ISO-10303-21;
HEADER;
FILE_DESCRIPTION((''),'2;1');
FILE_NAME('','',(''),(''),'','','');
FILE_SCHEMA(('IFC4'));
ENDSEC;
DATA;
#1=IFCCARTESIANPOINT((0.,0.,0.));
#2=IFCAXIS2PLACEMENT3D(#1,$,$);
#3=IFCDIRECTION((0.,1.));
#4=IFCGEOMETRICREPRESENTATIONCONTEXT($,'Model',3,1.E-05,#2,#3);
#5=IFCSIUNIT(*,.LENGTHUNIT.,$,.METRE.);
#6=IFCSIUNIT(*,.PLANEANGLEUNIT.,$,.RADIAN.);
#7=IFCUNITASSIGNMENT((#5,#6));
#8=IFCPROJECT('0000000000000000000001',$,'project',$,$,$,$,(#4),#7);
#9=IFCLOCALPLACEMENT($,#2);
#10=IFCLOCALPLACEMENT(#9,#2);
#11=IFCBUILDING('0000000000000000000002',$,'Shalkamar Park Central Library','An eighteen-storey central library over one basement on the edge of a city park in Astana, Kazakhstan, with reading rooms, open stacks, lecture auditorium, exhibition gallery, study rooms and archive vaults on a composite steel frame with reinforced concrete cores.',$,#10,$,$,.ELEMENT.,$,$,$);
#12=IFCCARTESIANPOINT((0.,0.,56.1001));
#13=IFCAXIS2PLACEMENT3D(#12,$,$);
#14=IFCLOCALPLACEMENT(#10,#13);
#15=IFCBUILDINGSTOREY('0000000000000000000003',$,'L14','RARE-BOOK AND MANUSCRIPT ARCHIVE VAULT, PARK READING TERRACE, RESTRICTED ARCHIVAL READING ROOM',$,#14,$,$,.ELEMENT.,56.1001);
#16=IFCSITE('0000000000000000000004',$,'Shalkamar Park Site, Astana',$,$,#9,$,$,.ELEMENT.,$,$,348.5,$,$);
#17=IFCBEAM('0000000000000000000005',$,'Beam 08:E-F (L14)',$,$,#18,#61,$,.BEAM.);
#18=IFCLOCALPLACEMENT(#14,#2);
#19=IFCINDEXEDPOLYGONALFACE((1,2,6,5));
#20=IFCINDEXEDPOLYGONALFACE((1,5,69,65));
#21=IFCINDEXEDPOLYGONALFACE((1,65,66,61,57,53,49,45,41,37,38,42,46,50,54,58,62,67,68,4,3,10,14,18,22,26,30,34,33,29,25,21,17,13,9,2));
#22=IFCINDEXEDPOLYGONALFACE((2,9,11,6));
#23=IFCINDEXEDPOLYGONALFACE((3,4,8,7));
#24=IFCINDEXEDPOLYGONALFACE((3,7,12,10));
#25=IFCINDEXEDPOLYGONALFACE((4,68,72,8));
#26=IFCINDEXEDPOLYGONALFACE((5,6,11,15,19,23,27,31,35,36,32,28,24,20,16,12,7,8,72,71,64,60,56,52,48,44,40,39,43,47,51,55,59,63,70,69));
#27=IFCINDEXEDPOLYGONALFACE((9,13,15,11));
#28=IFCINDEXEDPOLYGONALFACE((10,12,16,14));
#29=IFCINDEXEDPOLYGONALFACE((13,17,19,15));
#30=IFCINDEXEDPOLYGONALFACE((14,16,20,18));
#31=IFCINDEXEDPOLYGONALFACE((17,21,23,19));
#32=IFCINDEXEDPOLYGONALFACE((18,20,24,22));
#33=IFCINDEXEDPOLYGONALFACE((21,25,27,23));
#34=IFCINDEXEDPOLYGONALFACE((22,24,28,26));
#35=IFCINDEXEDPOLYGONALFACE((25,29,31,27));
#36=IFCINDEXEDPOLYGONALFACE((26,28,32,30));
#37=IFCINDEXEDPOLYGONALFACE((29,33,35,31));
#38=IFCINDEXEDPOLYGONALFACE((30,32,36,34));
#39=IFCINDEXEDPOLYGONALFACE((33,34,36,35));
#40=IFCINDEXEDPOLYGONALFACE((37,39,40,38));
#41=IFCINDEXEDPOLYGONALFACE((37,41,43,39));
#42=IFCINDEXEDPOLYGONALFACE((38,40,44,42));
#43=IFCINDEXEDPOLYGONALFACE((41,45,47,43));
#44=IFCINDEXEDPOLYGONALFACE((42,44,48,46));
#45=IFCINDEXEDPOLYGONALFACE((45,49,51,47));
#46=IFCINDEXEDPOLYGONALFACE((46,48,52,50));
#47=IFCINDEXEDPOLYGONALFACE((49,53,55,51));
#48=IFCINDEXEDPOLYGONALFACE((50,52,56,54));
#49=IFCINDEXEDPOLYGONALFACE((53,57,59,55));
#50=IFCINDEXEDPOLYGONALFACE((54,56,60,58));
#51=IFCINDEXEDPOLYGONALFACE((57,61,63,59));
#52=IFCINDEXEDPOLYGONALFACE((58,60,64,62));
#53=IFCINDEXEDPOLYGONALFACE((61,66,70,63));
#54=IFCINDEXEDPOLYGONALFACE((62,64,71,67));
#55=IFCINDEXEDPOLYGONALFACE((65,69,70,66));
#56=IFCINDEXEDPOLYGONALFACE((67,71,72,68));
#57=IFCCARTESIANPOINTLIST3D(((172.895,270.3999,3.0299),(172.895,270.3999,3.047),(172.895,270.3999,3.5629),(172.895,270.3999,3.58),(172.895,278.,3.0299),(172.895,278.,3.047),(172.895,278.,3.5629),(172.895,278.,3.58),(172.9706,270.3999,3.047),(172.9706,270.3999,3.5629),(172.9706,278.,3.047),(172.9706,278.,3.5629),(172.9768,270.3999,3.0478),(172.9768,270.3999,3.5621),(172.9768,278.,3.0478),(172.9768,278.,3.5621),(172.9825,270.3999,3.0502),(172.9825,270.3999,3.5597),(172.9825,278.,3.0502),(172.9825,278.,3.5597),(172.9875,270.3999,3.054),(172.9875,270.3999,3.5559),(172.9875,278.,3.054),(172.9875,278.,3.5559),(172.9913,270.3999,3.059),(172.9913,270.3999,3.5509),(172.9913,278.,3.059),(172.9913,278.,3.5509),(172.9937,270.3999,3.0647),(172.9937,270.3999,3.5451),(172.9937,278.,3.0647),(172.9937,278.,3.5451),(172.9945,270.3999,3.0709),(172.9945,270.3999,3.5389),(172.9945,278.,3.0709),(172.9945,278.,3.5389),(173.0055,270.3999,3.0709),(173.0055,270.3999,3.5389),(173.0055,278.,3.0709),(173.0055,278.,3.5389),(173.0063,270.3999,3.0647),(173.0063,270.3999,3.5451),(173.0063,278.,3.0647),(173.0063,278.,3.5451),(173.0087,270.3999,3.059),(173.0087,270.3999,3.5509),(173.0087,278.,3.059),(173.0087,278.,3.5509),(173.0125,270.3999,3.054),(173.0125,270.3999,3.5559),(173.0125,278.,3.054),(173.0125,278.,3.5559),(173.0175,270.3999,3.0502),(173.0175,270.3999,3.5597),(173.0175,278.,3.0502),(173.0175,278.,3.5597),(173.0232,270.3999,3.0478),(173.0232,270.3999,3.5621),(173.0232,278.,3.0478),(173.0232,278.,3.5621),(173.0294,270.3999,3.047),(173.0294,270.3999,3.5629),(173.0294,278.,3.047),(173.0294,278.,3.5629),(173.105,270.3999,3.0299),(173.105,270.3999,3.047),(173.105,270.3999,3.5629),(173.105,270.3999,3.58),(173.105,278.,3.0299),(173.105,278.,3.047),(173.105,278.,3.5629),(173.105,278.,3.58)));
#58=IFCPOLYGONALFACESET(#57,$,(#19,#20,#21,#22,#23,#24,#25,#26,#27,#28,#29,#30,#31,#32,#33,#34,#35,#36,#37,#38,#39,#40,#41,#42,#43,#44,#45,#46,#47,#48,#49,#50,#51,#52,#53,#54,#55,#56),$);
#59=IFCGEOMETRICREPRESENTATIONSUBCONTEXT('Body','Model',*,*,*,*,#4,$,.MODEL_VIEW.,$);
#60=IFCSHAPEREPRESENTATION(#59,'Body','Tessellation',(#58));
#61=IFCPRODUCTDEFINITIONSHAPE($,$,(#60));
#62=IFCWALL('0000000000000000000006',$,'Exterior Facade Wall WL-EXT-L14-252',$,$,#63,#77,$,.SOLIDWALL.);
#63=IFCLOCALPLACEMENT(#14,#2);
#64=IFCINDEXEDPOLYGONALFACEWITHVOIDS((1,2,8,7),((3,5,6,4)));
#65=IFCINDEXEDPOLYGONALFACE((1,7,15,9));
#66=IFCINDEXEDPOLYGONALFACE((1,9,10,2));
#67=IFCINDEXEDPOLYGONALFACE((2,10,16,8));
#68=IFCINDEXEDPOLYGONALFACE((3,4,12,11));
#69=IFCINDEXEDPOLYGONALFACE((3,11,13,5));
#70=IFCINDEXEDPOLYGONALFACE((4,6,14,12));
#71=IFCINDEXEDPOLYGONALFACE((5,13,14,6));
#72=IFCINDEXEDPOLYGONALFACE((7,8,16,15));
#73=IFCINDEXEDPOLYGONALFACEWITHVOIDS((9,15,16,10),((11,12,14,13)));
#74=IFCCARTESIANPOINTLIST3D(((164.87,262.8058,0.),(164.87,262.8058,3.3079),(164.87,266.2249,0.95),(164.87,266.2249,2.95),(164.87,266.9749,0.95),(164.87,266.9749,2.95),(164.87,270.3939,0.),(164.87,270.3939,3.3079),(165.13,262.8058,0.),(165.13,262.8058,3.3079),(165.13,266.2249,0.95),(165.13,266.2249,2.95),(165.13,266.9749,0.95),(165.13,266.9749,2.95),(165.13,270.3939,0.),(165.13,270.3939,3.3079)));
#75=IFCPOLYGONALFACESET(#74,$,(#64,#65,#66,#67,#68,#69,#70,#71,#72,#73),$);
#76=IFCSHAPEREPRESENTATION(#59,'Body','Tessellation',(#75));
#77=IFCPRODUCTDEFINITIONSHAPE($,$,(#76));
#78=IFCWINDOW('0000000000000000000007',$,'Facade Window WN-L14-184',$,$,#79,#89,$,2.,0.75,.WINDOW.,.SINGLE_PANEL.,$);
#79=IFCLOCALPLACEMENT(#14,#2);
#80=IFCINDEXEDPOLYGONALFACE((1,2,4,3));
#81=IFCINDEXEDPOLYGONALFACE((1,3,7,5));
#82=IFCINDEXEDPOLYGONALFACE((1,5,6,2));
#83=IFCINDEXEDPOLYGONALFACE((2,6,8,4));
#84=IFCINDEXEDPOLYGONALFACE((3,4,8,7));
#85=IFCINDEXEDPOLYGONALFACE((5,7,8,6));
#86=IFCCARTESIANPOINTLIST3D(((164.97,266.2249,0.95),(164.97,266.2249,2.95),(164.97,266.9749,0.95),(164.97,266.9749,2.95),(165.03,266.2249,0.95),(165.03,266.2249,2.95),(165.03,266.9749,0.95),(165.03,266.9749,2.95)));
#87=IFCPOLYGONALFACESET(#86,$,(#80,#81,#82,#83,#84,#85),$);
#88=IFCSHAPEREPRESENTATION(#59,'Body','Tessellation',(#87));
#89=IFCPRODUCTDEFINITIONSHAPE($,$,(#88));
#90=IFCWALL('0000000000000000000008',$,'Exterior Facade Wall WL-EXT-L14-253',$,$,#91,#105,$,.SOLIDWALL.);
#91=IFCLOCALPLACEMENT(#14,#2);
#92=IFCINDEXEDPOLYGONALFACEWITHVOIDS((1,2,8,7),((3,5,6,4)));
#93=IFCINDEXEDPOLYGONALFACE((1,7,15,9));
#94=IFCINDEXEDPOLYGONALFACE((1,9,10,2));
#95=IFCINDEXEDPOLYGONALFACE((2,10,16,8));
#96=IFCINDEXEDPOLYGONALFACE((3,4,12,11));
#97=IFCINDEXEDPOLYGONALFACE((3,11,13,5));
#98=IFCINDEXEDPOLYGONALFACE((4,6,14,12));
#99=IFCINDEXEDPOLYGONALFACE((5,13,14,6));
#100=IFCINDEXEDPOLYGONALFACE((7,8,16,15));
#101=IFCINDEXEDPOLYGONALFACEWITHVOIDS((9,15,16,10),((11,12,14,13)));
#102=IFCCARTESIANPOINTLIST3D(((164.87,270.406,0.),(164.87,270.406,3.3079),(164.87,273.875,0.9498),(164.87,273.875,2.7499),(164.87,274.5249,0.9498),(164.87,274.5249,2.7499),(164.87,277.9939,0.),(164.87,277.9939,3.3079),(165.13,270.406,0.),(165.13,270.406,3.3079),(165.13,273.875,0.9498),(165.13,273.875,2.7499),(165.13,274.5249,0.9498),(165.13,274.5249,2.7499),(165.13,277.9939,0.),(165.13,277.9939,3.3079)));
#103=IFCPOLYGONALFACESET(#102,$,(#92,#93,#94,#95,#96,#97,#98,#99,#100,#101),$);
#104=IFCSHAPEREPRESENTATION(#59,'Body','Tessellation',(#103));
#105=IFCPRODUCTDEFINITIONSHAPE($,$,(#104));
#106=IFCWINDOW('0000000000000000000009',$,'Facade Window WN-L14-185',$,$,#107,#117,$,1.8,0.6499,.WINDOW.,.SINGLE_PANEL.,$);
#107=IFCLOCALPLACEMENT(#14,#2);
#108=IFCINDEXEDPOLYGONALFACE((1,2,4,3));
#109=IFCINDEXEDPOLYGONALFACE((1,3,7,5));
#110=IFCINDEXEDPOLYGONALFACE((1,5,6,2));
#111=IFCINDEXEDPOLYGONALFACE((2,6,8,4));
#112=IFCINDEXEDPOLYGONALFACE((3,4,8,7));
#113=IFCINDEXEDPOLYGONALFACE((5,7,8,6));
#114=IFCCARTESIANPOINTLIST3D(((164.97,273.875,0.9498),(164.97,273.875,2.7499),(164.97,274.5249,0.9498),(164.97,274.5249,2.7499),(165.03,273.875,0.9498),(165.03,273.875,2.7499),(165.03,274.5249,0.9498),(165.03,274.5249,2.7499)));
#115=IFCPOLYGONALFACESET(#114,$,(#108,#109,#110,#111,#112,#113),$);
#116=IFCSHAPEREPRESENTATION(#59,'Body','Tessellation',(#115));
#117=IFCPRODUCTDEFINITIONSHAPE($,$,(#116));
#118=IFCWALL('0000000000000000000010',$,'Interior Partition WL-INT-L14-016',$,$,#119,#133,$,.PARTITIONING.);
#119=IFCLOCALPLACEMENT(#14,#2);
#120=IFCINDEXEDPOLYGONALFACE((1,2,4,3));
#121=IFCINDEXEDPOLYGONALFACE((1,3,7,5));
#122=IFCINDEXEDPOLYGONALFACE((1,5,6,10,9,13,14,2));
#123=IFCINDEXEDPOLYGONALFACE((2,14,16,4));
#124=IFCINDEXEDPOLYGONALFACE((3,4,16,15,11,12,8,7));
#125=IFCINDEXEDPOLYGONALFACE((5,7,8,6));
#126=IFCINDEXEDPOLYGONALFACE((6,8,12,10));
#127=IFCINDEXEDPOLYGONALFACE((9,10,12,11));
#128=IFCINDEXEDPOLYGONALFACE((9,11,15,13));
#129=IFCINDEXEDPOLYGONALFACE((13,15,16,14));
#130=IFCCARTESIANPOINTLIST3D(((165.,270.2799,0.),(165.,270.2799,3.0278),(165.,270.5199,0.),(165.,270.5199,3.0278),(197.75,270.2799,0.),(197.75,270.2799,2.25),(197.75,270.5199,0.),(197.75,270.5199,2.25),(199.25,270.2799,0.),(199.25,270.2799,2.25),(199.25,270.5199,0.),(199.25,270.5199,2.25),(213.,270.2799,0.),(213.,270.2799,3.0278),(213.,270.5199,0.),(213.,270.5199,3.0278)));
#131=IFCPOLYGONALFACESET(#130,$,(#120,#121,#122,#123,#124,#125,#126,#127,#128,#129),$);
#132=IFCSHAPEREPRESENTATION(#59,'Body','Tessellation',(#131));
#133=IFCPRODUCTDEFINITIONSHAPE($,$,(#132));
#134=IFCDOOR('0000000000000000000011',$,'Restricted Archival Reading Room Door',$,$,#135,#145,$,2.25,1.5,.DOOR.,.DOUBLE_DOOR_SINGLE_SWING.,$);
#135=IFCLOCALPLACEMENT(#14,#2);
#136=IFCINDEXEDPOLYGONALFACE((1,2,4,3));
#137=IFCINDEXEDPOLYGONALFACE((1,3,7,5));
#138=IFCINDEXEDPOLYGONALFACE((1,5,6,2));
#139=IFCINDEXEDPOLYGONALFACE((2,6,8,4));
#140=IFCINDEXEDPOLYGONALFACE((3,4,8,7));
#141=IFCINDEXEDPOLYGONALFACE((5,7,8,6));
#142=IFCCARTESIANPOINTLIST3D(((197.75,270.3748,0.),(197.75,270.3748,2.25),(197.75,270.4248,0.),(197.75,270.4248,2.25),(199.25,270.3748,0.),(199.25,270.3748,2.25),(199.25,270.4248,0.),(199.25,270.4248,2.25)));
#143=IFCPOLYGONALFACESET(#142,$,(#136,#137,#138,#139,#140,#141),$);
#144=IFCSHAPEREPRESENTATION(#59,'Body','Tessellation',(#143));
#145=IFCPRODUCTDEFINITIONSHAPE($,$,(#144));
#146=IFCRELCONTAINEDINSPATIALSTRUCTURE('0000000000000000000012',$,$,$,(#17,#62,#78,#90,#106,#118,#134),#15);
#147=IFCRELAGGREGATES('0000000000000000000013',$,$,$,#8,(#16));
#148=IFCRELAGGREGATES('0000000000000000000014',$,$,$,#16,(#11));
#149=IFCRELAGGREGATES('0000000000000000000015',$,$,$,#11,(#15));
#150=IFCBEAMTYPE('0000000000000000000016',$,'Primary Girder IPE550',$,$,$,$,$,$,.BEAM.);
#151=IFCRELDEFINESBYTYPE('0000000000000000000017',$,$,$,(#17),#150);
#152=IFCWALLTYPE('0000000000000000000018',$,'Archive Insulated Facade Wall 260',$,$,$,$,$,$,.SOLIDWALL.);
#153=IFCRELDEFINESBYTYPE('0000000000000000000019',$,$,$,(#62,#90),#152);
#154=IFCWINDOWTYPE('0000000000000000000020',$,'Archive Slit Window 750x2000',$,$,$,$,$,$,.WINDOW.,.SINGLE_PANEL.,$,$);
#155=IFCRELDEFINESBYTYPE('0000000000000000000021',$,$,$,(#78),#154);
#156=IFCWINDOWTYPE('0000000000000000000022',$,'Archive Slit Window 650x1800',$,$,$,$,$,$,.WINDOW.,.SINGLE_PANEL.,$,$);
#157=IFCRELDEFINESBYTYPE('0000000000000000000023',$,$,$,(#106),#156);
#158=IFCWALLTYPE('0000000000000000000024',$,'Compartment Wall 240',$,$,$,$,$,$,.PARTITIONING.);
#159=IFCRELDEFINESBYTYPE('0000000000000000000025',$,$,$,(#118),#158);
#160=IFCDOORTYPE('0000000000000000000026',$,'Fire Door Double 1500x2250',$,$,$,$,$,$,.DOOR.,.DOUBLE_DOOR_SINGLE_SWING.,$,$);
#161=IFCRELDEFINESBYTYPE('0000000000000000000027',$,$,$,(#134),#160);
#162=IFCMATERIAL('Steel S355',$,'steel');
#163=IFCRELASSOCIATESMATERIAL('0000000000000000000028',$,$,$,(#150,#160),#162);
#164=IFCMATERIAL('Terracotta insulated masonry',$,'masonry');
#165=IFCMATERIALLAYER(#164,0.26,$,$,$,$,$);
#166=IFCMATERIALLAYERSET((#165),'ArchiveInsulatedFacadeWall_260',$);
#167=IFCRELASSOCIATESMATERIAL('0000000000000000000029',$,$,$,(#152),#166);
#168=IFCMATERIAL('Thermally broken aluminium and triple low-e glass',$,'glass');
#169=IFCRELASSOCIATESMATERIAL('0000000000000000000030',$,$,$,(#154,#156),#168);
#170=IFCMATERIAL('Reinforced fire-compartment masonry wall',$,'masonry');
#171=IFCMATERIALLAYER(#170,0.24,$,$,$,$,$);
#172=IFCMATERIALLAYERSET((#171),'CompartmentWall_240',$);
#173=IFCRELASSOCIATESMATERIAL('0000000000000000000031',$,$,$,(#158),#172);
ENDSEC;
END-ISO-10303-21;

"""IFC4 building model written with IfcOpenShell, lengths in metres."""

from ifc_helpers import new_model, si_unit, direction, frame, frame_2d, origin, origin_2d, place, context, subcontext, project, spatial, rectangle, i_section, extrude, material, layer, layer_set, material_profile, profile_set, type_object, element, fill, save


model = new_model("IFC4")

# Units and contexts
model_context = context("Model", 3, precision=1e-05, world=origin(), true_north=direction((0.0, 1.0)))
body_context = subcontext(model_context, "Body", "Model", "MODEL_VIEW")
ifc_project = project(units=[si_unit("LENGTHUNIT", "METRE"), si_unit("PLANEANGLEUNIT", "RADIAN")], contexts=[model_context])

# Site, building, storey
site_placement = place(None, origin())
site = spatial("IfcSite", under=ifc_project, at=site_placement, Name="Shalkamar Park Site, Astana", CompositionType="ELEMENT", RefElevation=348.5)
building_placement = place(site_placement, origin())
building = spatial("IfcBuilding", under=site, at=building_placement, Name="Shalkamar Park Central Library", Description="An eighteen-storey central library over one basement on the edge of a city park in Astana, Kazakhstan, with reading rooms, open stacks, lecture auditorium, exhibition gallery, study rooms and archive vaults on a composite steel frame with reinforced concrete cores.", CompositionType="ELEMENT")
storey_placement = place(building_placement, frame((0.0, 0.0, 56.1001)))
storey = spatial("IfcBuildingStorey", under=building, at=storey_placement, Name="L14", Description="RARE-BOOK AND MANUSCRIPT ARCHIVE VAULT, PARK READING TERRACE, RESTRICTED ARCHIVAL READING ROOM", CompositionType="ELEMENT", Elevation=56.1001)

# Shared definitions
ifc_material_1 = material(Name="Steel S355", Category="steel")

# Beam
ifc_material_profile_1 = material_profile(ifc_material_1, i_section(OverallWidth=0.21, OverallDepth=0.55, WebThickness=0.011, FlangeThickness=0.0171, FilletRadius=0.0239, at=origin_2d()), Name="IPE 550")
ifc_profile_set_1 = profile_set([ifc_material_profile_1], Name="Steel S355")
beam_type_1 = type_object("IfcBeamType", Name="Primary Girder IPE550", PredefinedType="BEAM", material=ifc_profile_set_1)
beam_1_placement = place(storey_placement, frame((173.0, 270.3999, 3.3049), z_axis=(0.0, 1.0, 0.0), x_axis=(-1.0, 0.0, 0.0)))
element("IfcBeam", 1, at=beam_1_placement, inside=storey, type_object=beam_type_1, Name="Beam 08:E-F (L14)", PredefinedType="BEAM", context=body_context, shape_type="SweptSolid", body=[
    extrude(i_section(OverallWidth=0.21, OverallDepth=0.55, WebThickness=0.011, FlangeThickness=0.0171, FilletRadius=0.0239, at=origin_2d()), origin(), (0.0, 0.0, 1.0), 7.6001),
])

# Walls, openings, windows
ifc_material_2 = material(Name="Terracotta insulated masonry", Category="masonry")
ifc_layer_1 = layer(ifc_material_2, 0.26)
ifc_layer_set_1 = layer_set([ifc_layer_1], Name="ArchiveInsulatedFacadeWall_260")
wall_type_1 = type_object("IfcWallType", Name="Archive Insulated Facade Wall 260", PredefinedType="SOLIDWALL", material=ifc_layer_set_1)
wall_1_placement = place(storey_placement, frame((165.0, 262.8059, 0.0), z_axis=(0.0, 0.0, 1.0), x_axis=(0.0, 1.0, 0.0)))
wall_1 = element("IfcWall", 2, at=wall_1_placement, inside=storey, type_object=wall_type_1, Name="Exterior Facade Wall WL-EXT-L14-252", PredefinedType="SOLIDWALL", context=body_context, shape_type="SweptSolid", body=[
    extrude(rectangle(XDim=7.5881, YDim=0.26, at=frame_2d((3.7939, 0.0))), origin(), (0.0, 0.0, 1.0), 3.3079),
])
opening_1_placement = place(wall_1_placement, frame((3.4189, 0.0, 0.95)))
opening_1 = element("IfcOpeningElement", 3, at=opening_1_placement, cuts=wall_1, PredefinedType="OPENING", context=body_context, shape_type="SweptSolid", body=[
    extrude(rectangle(XDim=0.75, YDim=2.0, at=frame_2d((0.375, 1.0))), frame((0.0, 0.145, 0.0), z_axis=(0.0, -1.0, 0.0), x_axis=(1.0, 0.0, 0.0)), (0.0, 0.0, 1.0), 0.2898),
])
ifc_material_3 = material(Name="Thermally broken aluminium and triple low-e glass", Category="glass")
window_type_1 = type_object("IfcWindowType", Name="Archive Slit Window 750x2000", PartitioningType="SINGLE_PANEL", PredefinedType="WINDOW", material=ifc_material_3)
window_1_placement = place(opening_1_placement, origin())
window_1 = element("IfcWindow", 4, at=window_1_placement, inside=storey, type_object=window_type_1, Name="Facade Window WN-L14-184", OverallHeight=2.0, OverallWidth=0.75, PartitioningType="SINGLE_PANEL", PredefinedType="WINDOW", context=body_context, shape_type="SweptSolid", body=[
    extrude(rectangle(XDim=0.75, YDim=2.0, at=frame_2d((0.375, 1.0))), frame((0.0, 0.03, 0.0), z_axis=(0.0, -1.0, 0.0), x_axis=(1.0, 0.0, 0.0)), (0.0, 0.0, 1.0), 0.0601),
])
fill(opening_1, window_1)
wall_2_placement = place(storey_placement, frame((165.0, 270.406, 0.0), z_axis=(0.0, 0.0, 1.0), x_axis=(0.0, 1.0, 0.0)))
wall_2 = element("IfcWall", 5, at=wall_2_placement, inside=storey, type_object=wall_type_1, Name="Exterior Facade Wall WL-EXT-L14-253", PredefinedType="SOLIDWALL", context=body_context, shape_type="SweptSolid", body=[
    extrude(rectangle(XDim=7.5879, YDim=0.26, at=frame_2d((3.7939, 0.0))), origin(), (0.0, 0.0, 1.0), 3.3079),
])
opening_2_placement = place(wall_2_placement, frame((3.469, 0.0, 0.95)))
opening_2 = element("IfcOpeningElement", 6, at=opening_2_placement, cuts=wall_2, PredefinedType="OPENING", context=body_context, shape_type="SweptSolid", body=[
    extrude(rectangle(XDim=0.6499, YDim=1.8, at=frame_2d((0.325, 0.8999))), frame((0.0, 0.145, 0.0), z_axis=(0.0, -1.0, 0.0), x_axis=(1.0, 0.0, 0.0)), (0.0, 0.0, 1.0), 0.2898),
])
window_type_2 = type_object("IfcWindowType", Name="Archive Slit Window 650x1800", PartitioningType="SINGLE_PANEL", PredefinedType="WINDOW", material=ifc_material_3)
window_2_placement = place(opening_2_placement, origin())
window_2 = element("IfcWindow", 7, at=window_2_placement, inside=storey, type_object=window_type_2, Name="Facade Window WN-L14-185", OverallHeight=1.8, OverallWidth=0.6499, PartitioningType="SINGLE_PANEL", PredefinedType="WINDOW", context=body_context, shape_type="SweptSolid", body=[
    extrude(rectangle(XDim=0.6499, YDim=1.8, at=frame_2d((0.325, 0.8999))), frame((0.0, 0.03, 0.0), z_axis=(0.0, -1.0, 0.0), x_axis=(1.0, 0.0, 0.0)), (0.0, 0.0, 1.0), 0.0601),
])
fill(opening_2, window_2)

# Wall, opening, door
ifc_material_4 = material(Name="Reinforced fire-compartment masonry wall", Category="masonry")
ifc_layer_2 = layer(ifc_material_4, 0.24)
ifc_layer_set_2 = layer_set([ifc_layer_2], Name="CompartmentWall_240")
wall_type_2 = type_object("IfcWallType", Name="Compartment Wall 240", PredefinedType="PARTITIONING", material=ifc_layer_set_2)
wall_3_placement = place(storey_placement, frame((165.0, 270.3999, 0.0), z_axis=(0.0, 0.0, 1.0), x_axis=(1.0, 0.0, 0.0)))
wall_3 = element("IfcWall", 8, at=wall_3_placement, inside=storey, type_object=wall_type_2, Name="Interior Partition WL-INT-L14-016", PredefinedType="PARTITIONING", context=body_context, shape_type="SweptSolid", body=[
    extrude(rectangle(XDim=48.0, YDim=0.24, at=frame_2d((24.0, 0.0))), origin(), (0.0, 0.0, 1.0), 3.0278),
])
opening_3_placement = place(wall_3_placement, frame((32.75, 0.0, 0.0)))
opening_3 = element("IfcOpeningElement", 9, at=opening_3_placement, cuts=wall_3, PredefinedType="OPENING", context=body_context, shape_type="SweptSolid", body=[
    extrude(rectangle(XDim=1.5, YDim=2.25, at=frame_2d((0.75, 1.125))), frame((0.0, 0.1348, 0.0), z_axis=(0.0, -1.0, 0.0), x_axis=(1.0, 0.0, 0.0)), (0.0, 0.0, 1.0), 0.2698),
])
door_type = type_object("IfcDoorType", Name="Fire Door Double 1500x2250", OperationType="DOUBLE_DOOR_SINGLE_SWING", PredefinedType="DOOR", material=ifc_material_1)
door_placement = place(opening_3_placement, origin())
door = element("IfcDoor", 10, at=door_placement, inside=storey, type_object=door_type, Name="Restricted Archival Reading Room Door", OperationType="DOUBLE_DOOR_SINGLE_SWING", OverallHeight=2.25, OverallWidth=1.5, PredefinedType="DOOR", context=body_context, shape_type="SweptSolid", body=[
    extrude(rectangle(XDim=1.5, YDim=2.25, at=frame_2d((0.75, 1.125))), frame((0.0, 0.0249, 0.0), z_axis=(0.0, -1.0, 0.0), x_axis=(1.0, 0.0, 0.0)), (0.0, 0.0, 1.0), 0.05),
])
fill(opening_3, door)

save(model, "model.ifc")
